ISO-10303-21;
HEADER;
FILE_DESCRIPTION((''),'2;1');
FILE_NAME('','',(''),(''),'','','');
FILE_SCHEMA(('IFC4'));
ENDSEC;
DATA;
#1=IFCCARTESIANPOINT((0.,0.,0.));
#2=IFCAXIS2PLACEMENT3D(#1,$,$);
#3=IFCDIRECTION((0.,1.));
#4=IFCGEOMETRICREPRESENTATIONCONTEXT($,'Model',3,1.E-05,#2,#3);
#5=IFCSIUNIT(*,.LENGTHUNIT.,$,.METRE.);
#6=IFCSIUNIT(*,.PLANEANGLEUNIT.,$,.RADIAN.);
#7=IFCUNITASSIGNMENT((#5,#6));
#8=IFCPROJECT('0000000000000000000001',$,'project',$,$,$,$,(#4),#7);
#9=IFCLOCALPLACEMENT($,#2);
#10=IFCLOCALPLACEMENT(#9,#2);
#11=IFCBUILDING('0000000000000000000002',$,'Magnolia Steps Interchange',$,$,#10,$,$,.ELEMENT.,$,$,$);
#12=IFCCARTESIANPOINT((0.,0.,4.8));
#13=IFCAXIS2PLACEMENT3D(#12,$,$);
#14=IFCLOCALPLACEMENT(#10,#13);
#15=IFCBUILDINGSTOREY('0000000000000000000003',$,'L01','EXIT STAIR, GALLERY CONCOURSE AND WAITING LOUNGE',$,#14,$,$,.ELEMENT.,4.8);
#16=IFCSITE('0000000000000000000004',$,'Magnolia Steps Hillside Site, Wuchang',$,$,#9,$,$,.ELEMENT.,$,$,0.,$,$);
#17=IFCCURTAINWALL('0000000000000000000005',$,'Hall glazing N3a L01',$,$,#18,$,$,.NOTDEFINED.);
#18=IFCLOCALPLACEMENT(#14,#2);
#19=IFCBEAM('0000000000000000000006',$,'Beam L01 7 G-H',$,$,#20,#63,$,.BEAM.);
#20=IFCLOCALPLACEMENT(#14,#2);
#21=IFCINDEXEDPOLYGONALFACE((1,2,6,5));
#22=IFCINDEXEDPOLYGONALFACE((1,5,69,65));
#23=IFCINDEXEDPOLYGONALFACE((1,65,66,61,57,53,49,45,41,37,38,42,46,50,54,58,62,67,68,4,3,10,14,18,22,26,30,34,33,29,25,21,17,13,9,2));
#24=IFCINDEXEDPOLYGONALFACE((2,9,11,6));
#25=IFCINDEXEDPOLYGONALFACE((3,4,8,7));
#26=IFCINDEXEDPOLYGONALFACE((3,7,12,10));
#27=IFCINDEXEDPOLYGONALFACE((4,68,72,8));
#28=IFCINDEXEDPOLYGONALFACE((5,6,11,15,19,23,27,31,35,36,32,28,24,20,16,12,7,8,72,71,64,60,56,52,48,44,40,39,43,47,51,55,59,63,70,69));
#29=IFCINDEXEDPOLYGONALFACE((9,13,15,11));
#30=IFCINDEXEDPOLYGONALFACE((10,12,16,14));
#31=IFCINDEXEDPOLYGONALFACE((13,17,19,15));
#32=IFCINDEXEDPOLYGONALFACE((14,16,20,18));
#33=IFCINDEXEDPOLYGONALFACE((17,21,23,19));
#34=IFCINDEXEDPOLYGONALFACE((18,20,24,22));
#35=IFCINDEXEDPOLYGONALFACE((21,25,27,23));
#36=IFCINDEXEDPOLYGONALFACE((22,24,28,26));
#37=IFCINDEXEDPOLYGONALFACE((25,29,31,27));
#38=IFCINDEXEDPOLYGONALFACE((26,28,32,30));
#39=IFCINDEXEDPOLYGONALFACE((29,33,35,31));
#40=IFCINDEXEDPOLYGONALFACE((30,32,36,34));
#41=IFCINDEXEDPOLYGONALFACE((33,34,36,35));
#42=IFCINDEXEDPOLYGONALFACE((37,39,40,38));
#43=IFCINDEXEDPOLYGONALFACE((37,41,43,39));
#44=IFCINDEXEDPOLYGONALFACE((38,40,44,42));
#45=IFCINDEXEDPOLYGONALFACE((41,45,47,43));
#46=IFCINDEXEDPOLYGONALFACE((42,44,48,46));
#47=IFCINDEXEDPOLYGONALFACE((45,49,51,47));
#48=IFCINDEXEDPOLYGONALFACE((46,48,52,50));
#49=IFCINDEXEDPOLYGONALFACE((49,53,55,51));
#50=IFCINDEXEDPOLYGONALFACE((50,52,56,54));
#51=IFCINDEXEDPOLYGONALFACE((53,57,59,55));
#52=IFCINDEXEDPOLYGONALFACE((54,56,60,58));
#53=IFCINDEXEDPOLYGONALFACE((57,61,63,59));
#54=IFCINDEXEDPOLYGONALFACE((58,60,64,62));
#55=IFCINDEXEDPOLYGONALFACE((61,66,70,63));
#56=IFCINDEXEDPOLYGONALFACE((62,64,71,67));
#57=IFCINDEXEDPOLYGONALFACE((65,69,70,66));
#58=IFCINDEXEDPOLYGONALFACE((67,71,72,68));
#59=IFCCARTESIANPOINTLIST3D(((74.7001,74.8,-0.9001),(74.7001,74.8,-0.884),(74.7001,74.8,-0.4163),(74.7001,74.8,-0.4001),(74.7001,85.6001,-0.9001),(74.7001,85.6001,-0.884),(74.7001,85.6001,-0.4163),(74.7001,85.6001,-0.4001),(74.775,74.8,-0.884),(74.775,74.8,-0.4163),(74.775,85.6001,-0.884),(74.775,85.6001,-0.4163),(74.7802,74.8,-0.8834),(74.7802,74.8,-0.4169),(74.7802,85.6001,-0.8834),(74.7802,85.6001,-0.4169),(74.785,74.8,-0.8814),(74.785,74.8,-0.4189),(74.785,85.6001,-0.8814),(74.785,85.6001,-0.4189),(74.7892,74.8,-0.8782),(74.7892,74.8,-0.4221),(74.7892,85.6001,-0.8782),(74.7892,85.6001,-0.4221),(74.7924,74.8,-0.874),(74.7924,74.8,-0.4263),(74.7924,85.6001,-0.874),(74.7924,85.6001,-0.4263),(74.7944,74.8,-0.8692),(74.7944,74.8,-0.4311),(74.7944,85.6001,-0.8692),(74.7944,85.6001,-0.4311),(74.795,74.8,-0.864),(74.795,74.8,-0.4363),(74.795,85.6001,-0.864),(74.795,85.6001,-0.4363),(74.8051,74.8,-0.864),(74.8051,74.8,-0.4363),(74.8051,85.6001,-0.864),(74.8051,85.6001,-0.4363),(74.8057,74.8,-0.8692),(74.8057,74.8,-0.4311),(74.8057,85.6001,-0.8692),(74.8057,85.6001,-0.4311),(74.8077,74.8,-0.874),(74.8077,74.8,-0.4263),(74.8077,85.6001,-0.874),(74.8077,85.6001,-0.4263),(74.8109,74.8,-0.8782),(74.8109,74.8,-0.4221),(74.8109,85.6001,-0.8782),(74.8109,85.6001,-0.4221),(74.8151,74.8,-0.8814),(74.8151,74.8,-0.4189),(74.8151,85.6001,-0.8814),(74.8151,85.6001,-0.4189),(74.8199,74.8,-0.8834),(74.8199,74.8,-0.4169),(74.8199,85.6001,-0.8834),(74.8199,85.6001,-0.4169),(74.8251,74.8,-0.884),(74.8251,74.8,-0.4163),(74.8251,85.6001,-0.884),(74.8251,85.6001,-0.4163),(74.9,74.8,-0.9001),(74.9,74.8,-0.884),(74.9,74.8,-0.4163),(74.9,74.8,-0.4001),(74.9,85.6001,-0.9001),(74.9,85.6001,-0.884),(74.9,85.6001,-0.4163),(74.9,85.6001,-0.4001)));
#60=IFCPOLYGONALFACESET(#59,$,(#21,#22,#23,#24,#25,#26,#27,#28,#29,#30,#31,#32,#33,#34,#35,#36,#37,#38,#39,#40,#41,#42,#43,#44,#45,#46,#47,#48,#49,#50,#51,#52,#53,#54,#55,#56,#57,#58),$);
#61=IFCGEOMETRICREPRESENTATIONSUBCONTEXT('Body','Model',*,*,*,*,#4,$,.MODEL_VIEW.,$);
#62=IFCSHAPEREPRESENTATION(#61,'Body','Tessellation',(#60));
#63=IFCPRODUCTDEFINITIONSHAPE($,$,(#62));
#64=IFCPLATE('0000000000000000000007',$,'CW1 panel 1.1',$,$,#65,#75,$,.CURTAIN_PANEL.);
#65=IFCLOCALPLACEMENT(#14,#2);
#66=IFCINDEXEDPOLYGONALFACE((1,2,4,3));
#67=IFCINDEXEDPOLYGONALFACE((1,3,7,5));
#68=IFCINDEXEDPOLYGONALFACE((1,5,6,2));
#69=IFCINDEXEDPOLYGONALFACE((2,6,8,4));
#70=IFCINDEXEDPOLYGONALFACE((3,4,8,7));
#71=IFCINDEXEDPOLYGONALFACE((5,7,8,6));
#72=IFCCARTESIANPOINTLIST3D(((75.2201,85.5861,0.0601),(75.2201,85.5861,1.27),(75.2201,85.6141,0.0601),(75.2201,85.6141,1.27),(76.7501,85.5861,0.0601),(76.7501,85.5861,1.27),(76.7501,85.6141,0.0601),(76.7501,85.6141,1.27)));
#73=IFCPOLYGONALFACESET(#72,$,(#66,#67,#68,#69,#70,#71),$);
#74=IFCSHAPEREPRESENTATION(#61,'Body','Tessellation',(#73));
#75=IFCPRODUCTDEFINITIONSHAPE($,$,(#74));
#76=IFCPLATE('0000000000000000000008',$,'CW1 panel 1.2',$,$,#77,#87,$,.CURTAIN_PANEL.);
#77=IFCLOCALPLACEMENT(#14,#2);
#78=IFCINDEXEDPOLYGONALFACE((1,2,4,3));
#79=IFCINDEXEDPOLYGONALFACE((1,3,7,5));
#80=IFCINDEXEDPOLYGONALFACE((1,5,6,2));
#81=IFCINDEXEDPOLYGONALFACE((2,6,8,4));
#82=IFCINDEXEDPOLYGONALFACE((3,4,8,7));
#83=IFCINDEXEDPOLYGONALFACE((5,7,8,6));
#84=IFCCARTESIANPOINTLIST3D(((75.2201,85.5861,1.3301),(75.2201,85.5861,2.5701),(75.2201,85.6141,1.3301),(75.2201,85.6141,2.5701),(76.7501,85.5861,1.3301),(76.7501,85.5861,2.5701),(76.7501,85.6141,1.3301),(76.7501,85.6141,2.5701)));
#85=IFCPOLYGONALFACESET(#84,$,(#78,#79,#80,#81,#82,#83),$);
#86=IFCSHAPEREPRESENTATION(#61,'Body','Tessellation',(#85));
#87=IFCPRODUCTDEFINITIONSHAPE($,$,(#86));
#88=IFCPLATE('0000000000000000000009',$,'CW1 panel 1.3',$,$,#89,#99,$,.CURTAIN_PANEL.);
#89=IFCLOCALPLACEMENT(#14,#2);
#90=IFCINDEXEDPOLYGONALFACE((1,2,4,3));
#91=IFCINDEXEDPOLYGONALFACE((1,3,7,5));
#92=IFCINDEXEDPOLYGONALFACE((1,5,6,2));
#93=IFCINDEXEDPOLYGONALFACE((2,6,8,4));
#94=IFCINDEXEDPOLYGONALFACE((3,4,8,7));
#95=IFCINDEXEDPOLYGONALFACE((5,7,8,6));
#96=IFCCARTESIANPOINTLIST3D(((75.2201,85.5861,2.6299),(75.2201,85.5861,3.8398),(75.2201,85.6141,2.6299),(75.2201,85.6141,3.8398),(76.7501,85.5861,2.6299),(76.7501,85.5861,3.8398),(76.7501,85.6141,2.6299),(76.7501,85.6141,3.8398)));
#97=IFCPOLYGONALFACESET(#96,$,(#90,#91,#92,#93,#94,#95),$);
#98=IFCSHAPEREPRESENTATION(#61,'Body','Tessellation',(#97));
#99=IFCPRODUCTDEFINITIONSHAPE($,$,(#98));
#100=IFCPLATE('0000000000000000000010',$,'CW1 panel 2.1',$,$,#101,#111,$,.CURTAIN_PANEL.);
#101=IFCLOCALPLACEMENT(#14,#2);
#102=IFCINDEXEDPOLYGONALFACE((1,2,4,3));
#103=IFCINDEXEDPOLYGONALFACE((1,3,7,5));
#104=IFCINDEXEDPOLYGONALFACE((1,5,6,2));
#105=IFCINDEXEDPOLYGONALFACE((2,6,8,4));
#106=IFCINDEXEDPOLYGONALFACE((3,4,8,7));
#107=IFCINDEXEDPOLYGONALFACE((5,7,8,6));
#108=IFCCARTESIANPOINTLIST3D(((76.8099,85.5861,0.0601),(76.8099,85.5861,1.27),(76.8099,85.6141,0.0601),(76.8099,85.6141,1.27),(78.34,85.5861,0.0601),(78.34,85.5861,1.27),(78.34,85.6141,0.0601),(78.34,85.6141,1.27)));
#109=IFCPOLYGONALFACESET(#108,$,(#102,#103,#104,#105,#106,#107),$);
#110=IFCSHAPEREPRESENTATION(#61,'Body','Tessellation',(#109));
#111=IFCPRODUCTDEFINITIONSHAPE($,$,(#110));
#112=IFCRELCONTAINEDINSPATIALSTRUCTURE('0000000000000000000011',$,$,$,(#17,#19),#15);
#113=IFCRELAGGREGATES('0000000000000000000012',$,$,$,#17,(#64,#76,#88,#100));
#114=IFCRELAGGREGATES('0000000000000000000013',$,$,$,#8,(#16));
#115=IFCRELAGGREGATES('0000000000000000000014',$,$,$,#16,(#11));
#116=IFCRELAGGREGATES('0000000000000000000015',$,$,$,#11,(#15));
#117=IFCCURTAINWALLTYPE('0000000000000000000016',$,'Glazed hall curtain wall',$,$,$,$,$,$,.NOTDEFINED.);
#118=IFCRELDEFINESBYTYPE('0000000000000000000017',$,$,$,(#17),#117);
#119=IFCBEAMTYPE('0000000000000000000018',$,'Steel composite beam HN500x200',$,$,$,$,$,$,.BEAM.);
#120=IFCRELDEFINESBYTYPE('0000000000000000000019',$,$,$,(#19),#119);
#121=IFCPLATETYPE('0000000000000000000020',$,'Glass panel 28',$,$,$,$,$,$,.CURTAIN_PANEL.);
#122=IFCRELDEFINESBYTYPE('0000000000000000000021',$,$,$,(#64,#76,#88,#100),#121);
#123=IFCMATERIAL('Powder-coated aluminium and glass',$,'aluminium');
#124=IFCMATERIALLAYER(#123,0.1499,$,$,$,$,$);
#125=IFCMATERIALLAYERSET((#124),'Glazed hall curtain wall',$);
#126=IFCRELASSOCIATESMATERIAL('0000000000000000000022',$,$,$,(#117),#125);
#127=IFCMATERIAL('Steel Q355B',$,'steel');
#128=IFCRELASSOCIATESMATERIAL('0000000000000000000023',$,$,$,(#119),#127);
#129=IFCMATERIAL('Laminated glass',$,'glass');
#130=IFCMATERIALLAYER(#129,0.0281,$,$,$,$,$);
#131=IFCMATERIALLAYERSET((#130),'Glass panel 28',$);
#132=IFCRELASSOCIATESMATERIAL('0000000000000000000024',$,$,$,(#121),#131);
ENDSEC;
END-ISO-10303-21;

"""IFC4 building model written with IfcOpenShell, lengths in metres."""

from ifc_helpers import new_model, si_unit, direction, frame, origin, origin_2d, place, context, subcontext, project, spatial, rectangle, i_section, extrude, material, layer, layer_set, material_profile, profile_set, type_object, element, aggregate, save


model = new_model("IFC4")

# Units and contexts
model_context = context("Model", 3, precision=1e-05, world=origin(), true_north=direction((0.0, 1.0)))
body_context = subcontext(model_context, "Body", "Model", "MODEL_VIEW")
ifc_project = project(units=[si_unit("LENGTHUNIT", "METRE"), si_unit("PLANEANGLEUNIT", "RADIAN")], contexts=[model_context])

# Site, building, storey
site_placement = place(None, origin())
site = spatial("IfcSite", under=ifc_project, at=site_placement, Name="Magnolia Steps Hillside Site, Wuchang", CompositionType="ELEMENT", RefElevation=0.0)
building_placement = place(site_placement, origin())
building = spatial("IfcBuilding", under=site, at=building_placement, Name="Magnolia Steps Interchange", CompositionType="ELEMENT")
storey_placement = place(building_placement, frame((0.0, 0.0, 4.8)))
storey = spatial("IfcBuildingStorey", under=building, at=storey_placement, Name="L01", Description="EXIT STAIR, GALLERY CONCOURSE AND WAITING LOUNGE", CompositionType="ELEMENT", Elevation=4.8)

# Curtain wall
ifc_material_1 = material(Name="Powder-coated aluminium and glass", Category="aluminium")
ifc_layer_1 = layer(ifc_material_1, 0.1499)
ifc_layer_set_1 = layer_set([ifc_layer_1], Name="Glazed hall curtain wall")
curtain_wall_type = type_object("IfcCurtainWallType", Name="Glazed hall curtain wall", PredefinedType="NOTDEFINED", material=ifc_layer_set_1)
curtain_wall_placement = place(storey_placement, origin())
curtain_wall = element("IfcCurtainWall", 1, at=curtain_wall_placement, inside=storey, type_object=curtain_wall_type, Name="Hall glazing N3a L01", PredefinedType="NOTDEFINED")

# Beam
ifc_material_2 = material(Name="Steel Q355B", Category="steel")
ifc_material_profile_1 = material_profile(ifc_material_2, i_section(OverallWidth=0.2, OverallDepth=0.5, WebThickness=0.01, FlangeThickness=0.0161, FilletRadius=0.02, at=origin_2d()), Name="HN500x200")
ifc_profile_set_1 = profile_set([ifc_material_profile_1], Name="Steel Q355B")
beam_type_1 = type_object("IfcBeamType", Name="Steel composite beam HN500x200", PredefinedType="BEAM", material=ifc_profile_set_1)
for number, where, z_axis, x_axis, name in (
    (2, (74.8, 74.8, -0.6501), (0.0, 1.0, 0.0), (-1.0, 0.0, 0.0), "Beam L01 7 G-H"),
):
    element("IfcBeam", number, at=place(storey_placement, frame(where, z_axis=z_axis, x_axis=x_axis)), inside=storey, type_object=beam_type_1, Name=name, PredefinedType="BEAM", context=body_context, shape_type="SweptSolid", body=[
        extrude(i_section(OverallWidth=0.2, OverallDepth=0.5, WebThickness=0.01, FlangeThickness=0.0161, FilletRadius=0.02, at=origin_2d()), origin(), (0.0, 0.0, 1.0), 10.8),
    ])

# Plates
ifc_material_3 = material(Name="Laminated glass", Category="glass")
ifc_layer_2 = layer(ifc_material_3, 0.0281)
ifc_layer_set_2 = layer_set([ifc_layer_2], Name="Glass panel 28")
plate_type = type_object("IfcPlateType", Name="Glass panel 28", PredefinedType="CURTAIN_PANEL", material=ifc_layer_set_2)
plate_1_placement = place(storey_placement, frame((75.9851, 85.6001, 0.0601), z_axis=(0.0, 0.0, 1.0), x_axis=(1.0, 0.0, 0.0)))
plate_1 = element("IfcPlate", 3, at=plate_1_placement, type_object=plate_type, Name="CW1 panel 1.1", PredefinedType="CURTAIN_PANEL", context=body_context, shape_type="SweptSolid", body=[
    extrude(rectangle(XDim=1.53, YDim=0.0281, at=origin_2d()), origin(), (0.0, 0.0, 1.0), 1.21),
])
plate_2_placement = place(storey_placement, frame((75.9851, 85.6001, 1.3301), z_axis=(0.0, 0.0, 1.0), x_axis=(1.0, 0.0, 0.0)))
plate_2 = element("IfcPlate", 4, at=plate_2_placement, type_object=plate_type, Name="CW1 panel 1.2", PredefinedType="CURTAIN_PANEL", context=body_context, shape_type="SweptSolid", body=[
    extrude(rectangle(XDim=1.53, YDim=0.0281, at=origin_2d()), origin(), (0.0, 0.0, 1.0), 1.24),
])
plate_3_placement = place(storey_placement, frame((75.9851, 85.6001, 2.6299), z_axis=(0.0, 0.0, 1.0), x_axis=(1.0, 0.0, 0.0)))
plate_3 = element("IfcPlate", 5, at=plate_3_placement, type_object=plate_type, Name="CW1 panel 1.3", PredefinedType="CURTAIN_PANEL", context=body_context, shape_type="SweptSolid", body=[
    extrude(rectangle(XDim=1.53, YDim=0.0281, at=origin_2d()), origin(), (0.0, 0.0, 1.0), 1.21),
])
plate_4_placement = place(storey_placement, frame((77.575, 85.6001, 0.0601), z_axis=(0.0, 0.0, 1.0), x_axis=(1.0, 0.0, 0.0)))
plate_4 = element("IfcPlate", 6, at=plate_4_placement, type_object=plate_type, Name="CW1 panel 2.1", PredefinedType="CURTAIN_PANEL", context=body_context, shape_type="SweptSolid", body=[
    extrude(rectangle(XDim=1.53, YDim=0.0281, at=origin_2d()), origin(), (0.0, 0.0, 1.0), 1.21),
])
aggregate(curtain_wall, [plate_1, plate_2, plate_3, plate_4])

save(model, "model.ifc")
